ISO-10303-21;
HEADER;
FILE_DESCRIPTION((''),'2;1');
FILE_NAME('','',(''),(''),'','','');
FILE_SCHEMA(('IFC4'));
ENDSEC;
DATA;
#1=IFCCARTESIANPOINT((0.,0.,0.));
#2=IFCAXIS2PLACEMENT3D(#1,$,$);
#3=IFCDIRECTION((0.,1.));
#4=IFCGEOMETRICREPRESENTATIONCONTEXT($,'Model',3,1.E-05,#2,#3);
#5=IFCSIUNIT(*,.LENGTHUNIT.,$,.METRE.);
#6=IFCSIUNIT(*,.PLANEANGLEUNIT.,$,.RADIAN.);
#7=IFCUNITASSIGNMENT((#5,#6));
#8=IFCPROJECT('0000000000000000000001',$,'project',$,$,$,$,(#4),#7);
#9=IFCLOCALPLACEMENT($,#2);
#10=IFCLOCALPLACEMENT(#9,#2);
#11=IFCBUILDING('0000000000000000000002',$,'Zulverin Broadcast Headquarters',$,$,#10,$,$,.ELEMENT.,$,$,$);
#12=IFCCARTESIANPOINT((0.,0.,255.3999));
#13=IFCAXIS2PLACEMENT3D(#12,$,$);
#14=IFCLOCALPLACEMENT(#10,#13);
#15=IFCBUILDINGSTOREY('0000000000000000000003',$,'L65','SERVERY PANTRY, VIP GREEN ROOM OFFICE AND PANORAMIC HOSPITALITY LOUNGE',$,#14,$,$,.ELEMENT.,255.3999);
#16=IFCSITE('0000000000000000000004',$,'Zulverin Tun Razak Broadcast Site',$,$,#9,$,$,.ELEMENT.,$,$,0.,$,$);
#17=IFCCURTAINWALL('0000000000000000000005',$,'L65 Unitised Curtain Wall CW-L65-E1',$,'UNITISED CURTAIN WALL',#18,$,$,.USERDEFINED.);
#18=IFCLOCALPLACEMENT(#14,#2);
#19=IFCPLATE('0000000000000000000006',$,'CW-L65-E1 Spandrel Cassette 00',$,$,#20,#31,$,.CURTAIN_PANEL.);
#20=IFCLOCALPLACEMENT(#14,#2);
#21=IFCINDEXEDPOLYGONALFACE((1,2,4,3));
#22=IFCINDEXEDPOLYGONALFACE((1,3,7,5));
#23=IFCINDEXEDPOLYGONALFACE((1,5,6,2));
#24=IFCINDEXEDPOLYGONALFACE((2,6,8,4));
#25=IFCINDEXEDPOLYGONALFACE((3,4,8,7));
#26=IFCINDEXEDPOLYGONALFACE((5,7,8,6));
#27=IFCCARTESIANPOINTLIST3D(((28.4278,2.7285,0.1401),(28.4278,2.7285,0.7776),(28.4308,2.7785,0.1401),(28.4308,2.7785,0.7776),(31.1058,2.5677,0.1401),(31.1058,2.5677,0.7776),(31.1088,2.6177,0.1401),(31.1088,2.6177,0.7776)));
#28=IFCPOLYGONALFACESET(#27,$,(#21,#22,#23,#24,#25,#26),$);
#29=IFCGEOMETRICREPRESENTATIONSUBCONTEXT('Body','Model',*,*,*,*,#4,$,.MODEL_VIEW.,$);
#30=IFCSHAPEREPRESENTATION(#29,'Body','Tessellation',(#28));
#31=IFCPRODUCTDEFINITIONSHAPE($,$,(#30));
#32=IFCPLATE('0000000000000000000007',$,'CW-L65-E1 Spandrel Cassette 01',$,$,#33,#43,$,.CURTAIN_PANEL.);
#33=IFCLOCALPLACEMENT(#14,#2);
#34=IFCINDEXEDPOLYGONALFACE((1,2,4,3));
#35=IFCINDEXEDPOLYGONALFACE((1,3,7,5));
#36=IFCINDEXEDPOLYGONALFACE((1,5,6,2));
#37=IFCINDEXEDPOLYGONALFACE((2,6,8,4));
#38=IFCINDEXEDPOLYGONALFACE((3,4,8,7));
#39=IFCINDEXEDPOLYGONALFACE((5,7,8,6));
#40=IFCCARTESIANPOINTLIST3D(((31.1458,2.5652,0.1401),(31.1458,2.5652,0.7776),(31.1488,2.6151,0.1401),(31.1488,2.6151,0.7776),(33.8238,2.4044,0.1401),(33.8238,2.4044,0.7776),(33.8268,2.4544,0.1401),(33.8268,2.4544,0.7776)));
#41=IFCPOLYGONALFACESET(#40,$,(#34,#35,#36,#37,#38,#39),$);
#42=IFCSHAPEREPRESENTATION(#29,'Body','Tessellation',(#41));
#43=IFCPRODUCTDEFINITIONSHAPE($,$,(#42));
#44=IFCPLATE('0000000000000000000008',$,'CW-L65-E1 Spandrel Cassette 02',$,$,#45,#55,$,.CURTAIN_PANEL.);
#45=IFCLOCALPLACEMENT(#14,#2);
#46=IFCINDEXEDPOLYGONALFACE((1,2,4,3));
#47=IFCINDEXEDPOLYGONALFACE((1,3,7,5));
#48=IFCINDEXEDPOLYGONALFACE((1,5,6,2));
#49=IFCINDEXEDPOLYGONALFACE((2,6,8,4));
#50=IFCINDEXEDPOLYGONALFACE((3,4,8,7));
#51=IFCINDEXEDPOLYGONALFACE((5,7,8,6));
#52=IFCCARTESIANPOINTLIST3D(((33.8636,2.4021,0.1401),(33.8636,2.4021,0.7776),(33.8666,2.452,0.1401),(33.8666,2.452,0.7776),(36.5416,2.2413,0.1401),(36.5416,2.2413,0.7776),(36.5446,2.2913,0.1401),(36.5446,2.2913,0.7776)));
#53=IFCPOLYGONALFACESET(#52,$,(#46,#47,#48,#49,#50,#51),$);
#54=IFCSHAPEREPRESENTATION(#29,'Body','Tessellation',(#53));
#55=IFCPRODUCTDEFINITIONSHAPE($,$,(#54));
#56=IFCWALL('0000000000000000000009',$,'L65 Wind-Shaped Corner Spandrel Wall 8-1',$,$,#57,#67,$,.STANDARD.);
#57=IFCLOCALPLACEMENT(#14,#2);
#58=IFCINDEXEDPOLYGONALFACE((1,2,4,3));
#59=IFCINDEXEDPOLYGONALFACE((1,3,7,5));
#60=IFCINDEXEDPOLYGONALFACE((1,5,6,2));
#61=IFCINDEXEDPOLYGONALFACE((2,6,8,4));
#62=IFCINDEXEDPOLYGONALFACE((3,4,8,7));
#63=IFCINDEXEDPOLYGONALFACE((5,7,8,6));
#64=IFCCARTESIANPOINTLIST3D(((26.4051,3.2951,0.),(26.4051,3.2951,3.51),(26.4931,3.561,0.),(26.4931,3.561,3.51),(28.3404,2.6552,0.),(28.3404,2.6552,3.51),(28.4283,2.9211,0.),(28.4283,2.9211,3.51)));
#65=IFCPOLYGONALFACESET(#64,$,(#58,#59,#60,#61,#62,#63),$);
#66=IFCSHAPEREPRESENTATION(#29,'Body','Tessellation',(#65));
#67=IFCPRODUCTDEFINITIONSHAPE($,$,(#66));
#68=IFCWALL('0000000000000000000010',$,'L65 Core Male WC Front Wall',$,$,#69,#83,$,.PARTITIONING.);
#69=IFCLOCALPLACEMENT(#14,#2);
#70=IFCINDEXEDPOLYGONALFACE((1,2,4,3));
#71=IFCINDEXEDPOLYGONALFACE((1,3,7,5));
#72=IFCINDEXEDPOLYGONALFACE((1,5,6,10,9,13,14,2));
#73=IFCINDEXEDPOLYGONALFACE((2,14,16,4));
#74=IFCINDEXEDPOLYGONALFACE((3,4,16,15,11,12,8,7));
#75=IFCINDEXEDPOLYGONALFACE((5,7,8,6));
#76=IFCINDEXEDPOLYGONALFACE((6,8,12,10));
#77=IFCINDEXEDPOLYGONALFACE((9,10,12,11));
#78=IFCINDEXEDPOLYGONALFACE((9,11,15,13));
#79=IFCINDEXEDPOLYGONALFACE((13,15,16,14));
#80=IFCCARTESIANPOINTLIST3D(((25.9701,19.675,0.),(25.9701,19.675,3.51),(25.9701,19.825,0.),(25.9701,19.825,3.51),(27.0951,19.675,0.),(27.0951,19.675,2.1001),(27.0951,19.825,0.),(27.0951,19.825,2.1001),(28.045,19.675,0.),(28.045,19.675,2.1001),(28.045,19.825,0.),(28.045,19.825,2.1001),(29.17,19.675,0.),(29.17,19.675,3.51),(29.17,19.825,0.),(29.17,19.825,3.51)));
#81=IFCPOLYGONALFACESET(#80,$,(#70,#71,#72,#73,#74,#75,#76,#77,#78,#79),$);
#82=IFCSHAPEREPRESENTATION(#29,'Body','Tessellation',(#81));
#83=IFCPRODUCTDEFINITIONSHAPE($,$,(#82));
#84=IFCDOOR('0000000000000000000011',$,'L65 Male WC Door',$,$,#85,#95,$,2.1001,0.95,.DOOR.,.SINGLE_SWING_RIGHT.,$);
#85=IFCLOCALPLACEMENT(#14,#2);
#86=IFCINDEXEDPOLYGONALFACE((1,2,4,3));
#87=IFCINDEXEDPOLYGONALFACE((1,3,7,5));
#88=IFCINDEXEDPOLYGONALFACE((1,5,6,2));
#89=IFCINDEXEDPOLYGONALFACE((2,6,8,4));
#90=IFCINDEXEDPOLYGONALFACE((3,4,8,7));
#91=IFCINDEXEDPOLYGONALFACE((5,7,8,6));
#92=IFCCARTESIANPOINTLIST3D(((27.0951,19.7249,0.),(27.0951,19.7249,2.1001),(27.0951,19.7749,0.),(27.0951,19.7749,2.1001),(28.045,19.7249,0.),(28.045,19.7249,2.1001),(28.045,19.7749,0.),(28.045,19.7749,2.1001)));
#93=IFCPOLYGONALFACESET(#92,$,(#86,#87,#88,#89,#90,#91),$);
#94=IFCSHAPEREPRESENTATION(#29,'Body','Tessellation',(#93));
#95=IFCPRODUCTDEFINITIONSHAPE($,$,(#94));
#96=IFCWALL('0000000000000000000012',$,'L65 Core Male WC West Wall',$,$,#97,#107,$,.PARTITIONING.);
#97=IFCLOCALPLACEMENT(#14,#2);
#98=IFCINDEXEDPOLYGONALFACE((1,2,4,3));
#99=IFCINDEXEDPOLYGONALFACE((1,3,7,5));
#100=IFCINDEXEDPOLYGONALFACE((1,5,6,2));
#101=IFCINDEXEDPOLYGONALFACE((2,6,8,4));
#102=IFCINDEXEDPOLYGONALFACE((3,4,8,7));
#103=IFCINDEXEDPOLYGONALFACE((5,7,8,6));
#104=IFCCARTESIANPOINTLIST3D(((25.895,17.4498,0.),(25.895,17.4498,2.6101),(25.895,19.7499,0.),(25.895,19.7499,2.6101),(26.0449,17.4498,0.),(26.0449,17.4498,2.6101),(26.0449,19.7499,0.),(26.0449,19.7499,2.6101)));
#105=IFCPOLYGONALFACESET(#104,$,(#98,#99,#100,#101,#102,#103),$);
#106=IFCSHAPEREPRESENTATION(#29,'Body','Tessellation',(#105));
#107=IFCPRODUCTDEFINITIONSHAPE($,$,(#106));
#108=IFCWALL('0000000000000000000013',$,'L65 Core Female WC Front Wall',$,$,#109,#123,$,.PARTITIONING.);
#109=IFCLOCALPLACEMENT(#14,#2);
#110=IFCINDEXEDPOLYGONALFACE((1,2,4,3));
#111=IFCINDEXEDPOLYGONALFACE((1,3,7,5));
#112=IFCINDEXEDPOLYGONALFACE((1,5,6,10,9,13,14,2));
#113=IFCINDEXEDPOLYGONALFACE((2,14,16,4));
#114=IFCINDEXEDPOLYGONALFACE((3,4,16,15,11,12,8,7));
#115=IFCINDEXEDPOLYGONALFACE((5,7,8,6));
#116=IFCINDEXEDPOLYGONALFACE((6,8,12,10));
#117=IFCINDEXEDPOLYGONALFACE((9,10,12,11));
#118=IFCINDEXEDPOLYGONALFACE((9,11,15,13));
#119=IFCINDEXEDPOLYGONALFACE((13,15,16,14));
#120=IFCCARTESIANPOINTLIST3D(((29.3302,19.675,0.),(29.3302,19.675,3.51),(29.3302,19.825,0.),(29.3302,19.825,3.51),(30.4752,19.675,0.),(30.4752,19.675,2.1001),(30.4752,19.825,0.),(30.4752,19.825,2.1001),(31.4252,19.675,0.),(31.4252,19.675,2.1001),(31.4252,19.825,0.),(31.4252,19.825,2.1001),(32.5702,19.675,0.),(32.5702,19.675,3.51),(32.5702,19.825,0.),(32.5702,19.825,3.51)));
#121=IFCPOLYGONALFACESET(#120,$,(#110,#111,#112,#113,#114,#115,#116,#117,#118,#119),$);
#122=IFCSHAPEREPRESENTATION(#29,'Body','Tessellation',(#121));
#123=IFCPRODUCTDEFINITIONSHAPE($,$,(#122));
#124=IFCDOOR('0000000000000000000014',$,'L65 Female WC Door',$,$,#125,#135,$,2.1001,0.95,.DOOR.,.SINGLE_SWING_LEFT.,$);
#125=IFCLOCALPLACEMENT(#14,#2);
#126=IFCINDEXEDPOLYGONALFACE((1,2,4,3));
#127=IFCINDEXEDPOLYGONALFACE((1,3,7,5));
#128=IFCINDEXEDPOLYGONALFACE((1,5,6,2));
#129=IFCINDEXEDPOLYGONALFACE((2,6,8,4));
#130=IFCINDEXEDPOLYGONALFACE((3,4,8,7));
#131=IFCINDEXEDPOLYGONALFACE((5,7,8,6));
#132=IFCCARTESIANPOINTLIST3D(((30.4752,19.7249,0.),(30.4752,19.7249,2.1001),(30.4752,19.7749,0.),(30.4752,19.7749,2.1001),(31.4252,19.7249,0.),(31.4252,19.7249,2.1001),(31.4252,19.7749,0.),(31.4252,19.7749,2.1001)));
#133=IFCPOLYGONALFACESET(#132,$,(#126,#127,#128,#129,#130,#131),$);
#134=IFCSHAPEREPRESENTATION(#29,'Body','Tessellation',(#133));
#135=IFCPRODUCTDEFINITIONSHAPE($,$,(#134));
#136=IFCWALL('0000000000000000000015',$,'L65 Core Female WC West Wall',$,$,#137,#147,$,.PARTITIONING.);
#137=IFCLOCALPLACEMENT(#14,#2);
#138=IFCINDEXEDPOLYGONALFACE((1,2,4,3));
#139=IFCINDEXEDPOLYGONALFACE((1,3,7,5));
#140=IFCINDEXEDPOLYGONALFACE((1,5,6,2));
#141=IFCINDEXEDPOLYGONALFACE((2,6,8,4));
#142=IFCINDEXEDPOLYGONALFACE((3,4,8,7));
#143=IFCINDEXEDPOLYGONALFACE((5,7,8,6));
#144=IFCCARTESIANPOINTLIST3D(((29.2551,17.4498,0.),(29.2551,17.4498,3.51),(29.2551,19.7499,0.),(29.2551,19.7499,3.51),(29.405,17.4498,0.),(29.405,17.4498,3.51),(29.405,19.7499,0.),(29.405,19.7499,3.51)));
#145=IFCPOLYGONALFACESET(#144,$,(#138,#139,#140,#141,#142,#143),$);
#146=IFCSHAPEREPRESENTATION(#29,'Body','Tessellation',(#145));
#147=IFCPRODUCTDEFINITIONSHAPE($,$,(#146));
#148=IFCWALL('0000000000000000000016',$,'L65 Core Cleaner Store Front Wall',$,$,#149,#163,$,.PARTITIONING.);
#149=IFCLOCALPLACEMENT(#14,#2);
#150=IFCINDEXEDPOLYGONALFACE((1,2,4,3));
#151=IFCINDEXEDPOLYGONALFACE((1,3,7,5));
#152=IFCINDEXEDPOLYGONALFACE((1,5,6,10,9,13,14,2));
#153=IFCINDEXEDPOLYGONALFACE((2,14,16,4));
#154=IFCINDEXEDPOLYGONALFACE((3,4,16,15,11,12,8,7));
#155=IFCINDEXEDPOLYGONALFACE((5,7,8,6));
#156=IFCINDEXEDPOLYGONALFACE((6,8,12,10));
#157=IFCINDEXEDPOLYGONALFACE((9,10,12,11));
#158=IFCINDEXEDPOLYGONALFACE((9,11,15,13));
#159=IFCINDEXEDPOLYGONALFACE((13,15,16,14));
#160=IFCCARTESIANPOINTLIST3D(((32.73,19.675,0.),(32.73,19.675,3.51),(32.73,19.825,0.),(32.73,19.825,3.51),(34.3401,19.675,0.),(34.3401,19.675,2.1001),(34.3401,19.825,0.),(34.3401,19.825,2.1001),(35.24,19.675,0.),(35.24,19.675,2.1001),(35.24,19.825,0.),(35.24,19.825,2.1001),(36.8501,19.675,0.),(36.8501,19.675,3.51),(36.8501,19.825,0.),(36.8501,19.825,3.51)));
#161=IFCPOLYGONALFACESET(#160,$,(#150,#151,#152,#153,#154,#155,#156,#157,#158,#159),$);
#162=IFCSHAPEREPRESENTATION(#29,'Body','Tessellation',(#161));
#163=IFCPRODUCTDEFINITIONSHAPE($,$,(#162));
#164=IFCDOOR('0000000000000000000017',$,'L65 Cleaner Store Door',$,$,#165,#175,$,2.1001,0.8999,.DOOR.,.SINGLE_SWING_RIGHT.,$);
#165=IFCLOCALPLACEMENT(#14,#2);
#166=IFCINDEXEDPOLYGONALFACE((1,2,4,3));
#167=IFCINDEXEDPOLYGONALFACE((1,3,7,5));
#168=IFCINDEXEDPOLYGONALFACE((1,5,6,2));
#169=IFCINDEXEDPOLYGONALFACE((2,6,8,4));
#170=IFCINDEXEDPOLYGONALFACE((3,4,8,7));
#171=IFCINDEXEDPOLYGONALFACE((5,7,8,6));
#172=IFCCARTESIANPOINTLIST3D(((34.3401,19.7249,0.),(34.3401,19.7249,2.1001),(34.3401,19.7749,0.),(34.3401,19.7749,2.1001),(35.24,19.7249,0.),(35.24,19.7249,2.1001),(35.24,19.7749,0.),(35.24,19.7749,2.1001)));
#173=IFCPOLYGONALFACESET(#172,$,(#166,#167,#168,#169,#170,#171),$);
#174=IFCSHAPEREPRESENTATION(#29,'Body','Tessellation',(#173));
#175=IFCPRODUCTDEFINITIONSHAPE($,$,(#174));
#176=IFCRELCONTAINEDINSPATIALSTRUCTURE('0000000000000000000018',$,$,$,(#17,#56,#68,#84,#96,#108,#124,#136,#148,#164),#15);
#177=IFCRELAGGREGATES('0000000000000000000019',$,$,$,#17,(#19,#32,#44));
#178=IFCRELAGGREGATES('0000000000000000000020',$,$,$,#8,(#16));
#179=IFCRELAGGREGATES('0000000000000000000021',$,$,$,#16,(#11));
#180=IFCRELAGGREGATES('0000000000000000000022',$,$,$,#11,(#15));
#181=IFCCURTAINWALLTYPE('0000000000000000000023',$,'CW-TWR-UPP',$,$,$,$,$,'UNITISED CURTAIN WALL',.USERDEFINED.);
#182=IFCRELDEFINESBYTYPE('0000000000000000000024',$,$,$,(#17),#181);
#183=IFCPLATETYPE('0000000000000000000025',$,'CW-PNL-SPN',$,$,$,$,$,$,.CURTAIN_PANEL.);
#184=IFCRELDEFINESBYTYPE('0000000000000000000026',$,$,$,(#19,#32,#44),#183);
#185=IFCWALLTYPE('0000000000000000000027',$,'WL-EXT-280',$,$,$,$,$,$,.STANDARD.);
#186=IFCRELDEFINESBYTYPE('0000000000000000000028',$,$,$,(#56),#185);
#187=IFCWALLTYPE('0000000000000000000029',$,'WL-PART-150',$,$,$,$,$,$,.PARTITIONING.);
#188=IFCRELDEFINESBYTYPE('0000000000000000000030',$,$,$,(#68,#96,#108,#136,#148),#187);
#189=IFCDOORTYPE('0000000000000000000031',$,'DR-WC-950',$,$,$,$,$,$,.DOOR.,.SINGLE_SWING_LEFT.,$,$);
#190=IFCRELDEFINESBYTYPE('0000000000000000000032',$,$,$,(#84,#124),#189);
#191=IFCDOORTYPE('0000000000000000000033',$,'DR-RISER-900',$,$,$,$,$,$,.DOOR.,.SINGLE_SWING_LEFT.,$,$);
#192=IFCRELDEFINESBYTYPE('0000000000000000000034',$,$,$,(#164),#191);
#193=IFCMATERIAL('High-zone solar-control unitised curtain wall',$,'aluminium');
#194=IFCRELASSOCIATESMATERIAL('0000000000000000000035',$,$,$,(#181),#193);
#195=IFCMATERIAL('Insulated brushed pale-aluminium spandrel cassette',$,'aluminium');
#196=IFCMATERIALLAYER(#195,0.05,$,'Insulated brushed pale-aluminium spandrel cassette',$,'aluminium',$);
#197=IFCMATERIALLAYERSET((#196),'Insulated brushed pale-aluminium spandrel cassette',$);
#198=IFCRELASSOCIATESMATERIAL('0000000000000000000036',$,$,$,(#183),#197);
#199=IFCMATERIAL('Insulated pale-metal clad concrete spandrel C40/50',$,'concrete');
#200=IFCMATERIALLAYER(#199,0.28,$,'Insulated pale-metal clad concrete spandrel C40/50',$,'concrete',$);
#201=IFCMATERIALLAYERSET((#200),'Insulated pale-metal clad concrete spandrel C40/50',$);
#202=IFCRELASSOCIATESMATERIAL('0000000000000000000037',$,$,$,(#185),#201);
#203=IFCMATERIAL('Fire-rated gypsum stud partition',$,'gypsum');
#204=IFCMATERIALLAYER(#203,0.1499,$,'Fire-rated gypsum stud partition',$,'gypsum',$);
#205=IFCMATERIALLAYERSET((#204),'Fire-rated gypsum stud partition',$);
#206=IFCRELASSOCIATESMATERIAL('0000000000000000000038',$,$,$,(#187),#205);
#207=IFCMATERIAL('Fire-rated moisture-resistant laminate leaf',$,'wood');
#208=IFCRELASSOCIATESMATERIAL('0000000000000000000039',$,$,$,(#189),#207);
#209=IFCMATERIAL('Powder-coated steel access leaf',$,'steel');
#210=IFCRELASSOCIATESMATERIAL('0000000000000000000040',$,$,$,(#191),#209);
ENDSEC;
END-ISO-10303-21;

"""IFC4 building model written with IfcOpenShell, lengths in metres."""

from ifc_helpers import new_model, si_unit, direction, frame, frame_2d, origin, origin_2d, place, context, subcontext, project, spatial, rectangle, extrude, material, layer, layer_set, type_object, element, fill, aggregate, save


model = new_model("IFC4")

# Units and contexts
model_context = context("Model", 3, precision=1e-05, world=origin(), true_north=direction((0.0, 1.0)))
body_context = subcontext(model_context, "Body", "Model", "MODEL_VIEW")
ifc_project = project(units=[si_unit("LENGTHUNIT", "METRE"), si_unit("PLANEANGLEUNIT", "RADIAN")], contexts=[model_context])

# Site, building, storey
site_placement = place(None, origin())
site = spatial("IfcSite", under=ifc_project, at=site_placement, Name="Zulverin Tun Razak Broadcast Site", CompositionType="ELEMENT", RefElevation=0.0)
building_placement = place(site_placement, origin())
building = spatial("IfcBuilding", under=site, at=building_placement, Name="Zulverin Broadcast Headquarters", CompositionType="ELEMENT")
storey_placement = place(building_placement, frame((0.0, 0.0, 255.3999)))
storey = spatial("IfcBuildingStorey", under=building, at=storey_placement, Name="L65", Description="SERVERY PANTRY, VIP GREEN ROOM OFFICE AND PANORAMIC HOSPITALITY LOUNGE", CompositionType="ELEMENT", Elevation=255.3999)

# Curtain wall, plates
ifc_material_1 = material(Name="High-zone solar-control unitised curtain wall", Category="aluminium")
curtain_wall_type = type_object("IfcCurtainWallType", Name="CW-TWR-UPP", ElementType="UNITISED CURTAIN WALL", PredefinedType="USERDEFINED", material=ifc_material_1)
curtain_wall_placement = place(storey_placement, origin())
curtain_wall = element("IfcCurtainWall", 1, at=curtain_wall_placement, inside=storey, type_object=curtain_wall_type, Name="L65 Unitised Curtain Wall CW-L65-E1", ObjectType="UNITISED CURTAIN WALL", PredefinedType="USERDEFINED")
ifc_material_2 = material(Name="Insulated brushed pale-aluminium spandrel cassette", Category="aluminium")
ifc_layer_1 = layer(ifc_material_2, 0.05, Name="Insulated brushed pale-aluminium spandrel cassette", Category="aluminium")
ifc_layer_set_1 = layer_set([ifc_layer_1], Name="Insulated brushed pale-aluminium spandrel cassette")
plate_type_1 = type_object("IfcPlateType", Name="CW-PNL-SPN", PredefinedType="CURTAIN_PANEL", material=ifc_layer_set_1)
plate_1_placement = place(storey_placement, frame((29.7683, 2.6731, 0.1401), z_axis=(0.0, 0.0, 1.0), x_axis=(0.998203, -0.059928, 0.0)))
plate_1 = element("IfcPlate", 2, at=plate_1_placement, type_object=plate_type_1, Name="CW-L65-E1 Spandrel Cassette 00", PredefinedType="CURTAIN_PANEL", context=body_context, shape_type="SweptSolid", body=[
    extrude(rectangle(XDim=2.6829, YDim=0.05, at=origin_2d()), origin(), (0.0, 0.0, 1.0), 0.6375),
])
plate_2_placement = place(storey_placement, frame((32.4863, 2.5098, 0.1401), z_axis=(0.0, 0.0, 1.0), x_axis=(0.998203, -0.059928, 0.0)))
plate_2 = element("IfcPlate", 3, at=plate_2_placement, type_object=plate_type_1, Name="CW-L65-E1 Spandrel Cassette 01", PredefinedType="CURTAIN_PANEL", context=body_context, shape_type="SweptSolid", body=[
    extrude(rectangle(XDim=2.6829, YDim=0.05, at=origin_2d()), origin(), (0.0, 0.0, 1.0), 0.6375),
])
plate_3_placement = place(storey_placement, frame((35.2041, 2.3467, 0.1401), z_axis=(0.0, 0.0, 1.0), x_axis=(0.998203, -0.059928, 0.0)))
plate_3 = element("IfcPlate", 4, at=plate_3_placement, type_object=plate_type_1, Name="CW-L65-E1 Spandrel Cassette 02", PredefinedType="CURTAIN_PANEL", context=body_context, shape_type="SweptSolid", body=[
    extrude(rectangle(XDim=2.6829, YDim=0.05, at=origin_2d()), origin(), (0.0, 0.0, 1.0), 0.6375),
])
aggregate(curtain_wall, [plate_1, plate_2, plate_3])

# Wall
ifc_material_3 = material(Name="Insulated pale-metal clad concrete spandrel C40/50", Category="concrete")
ifc_layer_2 = layer(ifc_material_3, 0.28, Name="Insulated pale-metal clad concrete spandrel C40/50", Category="concrete")
ifc_layer_set_2 = layer_set([ifc_layer_2], Name="Insulated pale-metal clad concrete spandrel C40/50")
wall_type_1 = type_object("IfcWallType", Name="WL-EXT-280", PredefinedType="STANDARD", material=ifc_layer_set_2)
wall_1_placement = place(storey_placement, frame((26.4492, 3.428, 0.0), z_axis=(0.0, 0.0, 1.0), x_axis=(0.949447, -0.313927, 0.0)))
element("IfcWall", 5, at=wall_1_placement, inside=storey, type_object=wall_type_1, Name="L65 Wind-Shaped Corner Spandrel Wall 8-1", PredefinedType="STANDARD", context=body_context, shape_type="SweptSolid", body=[
    extrude(rectangle(XDim=2.0383, YDim=0.28, at=frame_2d((1.019, 0.0))), origin(), (0.0, 0.0, 1.0), 3.51),
])

# Wall, opening, door
ifc_material_4 = material(Name="Fire-rated gypsum stud partition", Category="gypsum")
ifc_layer_3 = layer(ifc_material_4, 0.1499, Name="Fire-rated gypsum stud partition", Category="gypsum")
ifc_layer_set_3 = layer_set([ifc_layer_3], Name="Fire-rated gypsum stud partition")
wall_type_2 = type_object("IfcWallType", Name="WL-PART-150", PredefinedType="PARTITIONING", material=ifc_layer_set_3)
wall_2_placement = place(storey_placement, frame((25.97, 19.75, 0.0), z_axis=(0.0, 0.0, 1.0), x_axis=(1.0, 0.0, 0.0)))
wall_2 = element("IfcWall", 6, at=wall_2_placement, inside=storey, type_object=wall_type_2, Name="L65 Core Male WC Front Wall", PredefinedType="PARTITIONING", context=body_context, shape_type="SweptSolid", body=[
    extrude(rectangle(XDim=3.2, YDim=0.1499, at=frame_2d((1.6001, 0.0))), origin(), (0.0, 0.0, 1.0), 3.51),
])
opening_1_placement = place(wall_2_placement, frame((1.125, 0.0, 0.0)))
opening_1 = element("IfcOpeningElement", 7, at=opening_1_placement, cuts=wall_2, PredefinedType="OPENING", context=body_context, shape_type="SweptSolid", body=[
    extrude(rectangle(XDim=0.95, YDim=2.1001, at=frame_2d((0.4751, 1.05))), frame((0.0, 0.085, 0.0), z_axis=(0.0, -1.0, 0.0), x_axis=(1.0, 0.0, 0.0)), (0.0, 0.0, 1.0), 0.1699),
])
ifc_material_5 = material(Name="Fire-rated moisture-resistant laminate leaf", Category="wood")
door_type_1 = type_object("IfcDoorType", Name="DR-WC-950", OperationType="SINGLE_SWING_LEFT", PredefinedType="DOOR", material=ifc_material_5)
door_1_placement = place(opening_1_placement, origin())
door_1 = element("IfcDoor", 8, at=door_1_placement, inside=storey, type_object=door_type_1, Name="L65 Male WC Door", OperationType="SINGLE_SWING_RIGHT", OverallHeight=2.1001, OverallWidth=0.95, PredefinedType="DOOR", context=body_context, shape_type="SweptSolid", body=[
    extrude(rectangle(XDim=0.95, YDim=2.1001, at=frame_2d((0.4751, 1.05))), frame((0.0, 0.0249, 0.0), z_axis=(0.0, -1.0, 0.0), x_axis=(1.0, 0.0, 0.0)), (0.0, 0.0, 1.0), 0.05),
])
fill(opening_1, door_1)

# Wall
wall_3_placement = place(storey_placement, frame((25.97, 17.45, 0.0), z_axis=(0.0, 0.0, 1.0), x_axis=(0.0, 1.0, 0.0)))
element("IfcWall", 9, at=wall_3_placement, inside=storey, type_object=wall_type_2, Name="L65 Core Male WC West Wall", PredefinedType="PARTITIONING", context=body_context, shape_type="SweptSolid", body=[
    extrude(rectangle(XDim=2.3, YDim=0.1499, at=frame_2d((1.1499, 0.0))), origin(), (0.0, 0.0, 1.0), 2.6101),
])

# Wall, opening, door
wall_4_placement = place(storey_placement, frame((29.3301, 19.75, 0.0), z_axis=(0.0, 0.0, 1.0), x_axis=(1.0, 0.0, 0.0)))
wall_4 = element("IfcWall", 10, at=wall_4_placement, inside=storey, type_object=wall_type_2, Name="L65 Core Female WC Front Wall", PredefinedType="PARTITIONING", context=body_context, shape_type="SweptSolid", body=[
    extrude(rectangle(XDim=3.24, YDim=0.1499, at=frame_2d((1.6201, 0.0))), origin(), (0.0, 0.0, 1.0), 3.51),
])
opening_2_placement = place(wall_4_placement, frame((1.145, 0.0, 0.0)))
opening_2 = element("IfcOpeningElement", 11, at=opening_2_placement, cuts=wall_4, PredefinedType="OPENING", context=body_context, shape_type="SweptSolid", body=[
    extrude(rectangle(XDim=0.95, YDim=2.1001, at=frame_2d((0.4751, 1.05))), frame((0.0, 0.085, 0.0), z_axis=(0.0, -1.0, 0.0), x_axis=(1.0, 0.0, 0.0)), (0.0, 0.0, 1.0), 0.1699),
])
door_2_placement = place(opening_2_placement, origin())
door_2 = element("IfcDoor", 12, at=door_2_placement, inside=storey, type_object=door_type_1, Name="L65 Female WC Door", OperationType="SINGLE_SWING_LEFT", OverallHeight=2.1001, OverallWidth=0.95, PredefinedType="DOOR", context=body_context, shape_type="SweptSolid", body=[
    extrude(rectangle(XDim=0.95, YDim=2.1001, at=frame_2d((0.4751, 1.05))), frame((0.0, 0.0249, 0.0), z_axis=(0.0, -1.0, 0.0), x_axis=(1.0, 0.0, 0.0)), (0.0, 0.0, 1.0), 0.05),
])
fill(opening_2, door_2)

# Wall
wall_5_placement = place(storey_placement, frame((29.3301, 17.45, 0.0), z_axis=(0.0, 0.0, 1.0), x_axis=(0.0, 1.0, 0.0)))
element("IfcWall", 13, at=wall_5_placement, inside=storey, type_object=wall_type_2, Name="L65 Core Female WC West Wall", PredefinedType="PARTITIONING", context=body_context, shape_type="SweptSolid", body=[
    extrude(rectangle(XDim=2.3, YDim=0.1499, at=frame_2d((1.1499, 0.0))), origin(), (0.0, 0.0, 1.0), 3.51),
])

# Wall, opening, door
wall_6_placement = place(storey_placement, frame((32.73, 19.75, 0.0), z_axis=(0.0, 0.0, 1.0), x_axis=(1.0, 0.0, 0.0)))
wall_6 = element("IfcWall", 14, at=wall_6_placement, inside=storey, type_object=wall_type_2, Name="L65 Core Cleaner Store Front Wall", PredefinedType="PARTITIONING", context=body_context, shape_type="SweptSolid", body=[
    extrude(rectangle(XDim=4.1201, YDim=0.1499, at=frame_2d((2.0601, 0.0))), origin(), (0.0, 0.0, 1.0), 3.51),
])
opening_3_placement = place(wall_6_placement, frame((1.6101, 0.0, 0.0)))
opening_3 = element("IfcOpeningElement", 15, at=opening_3_placement, cuts=wall_6, PredefinedType="OPENING", context=body_context, shape_type="SweptSolid", body=[
    extrude(rectangle(XDim=0.8999, YDim=2.1001, at=frame_2d((0.45, 1.05))), frame((0.0, 0.085, 0.0), z_axis=(0.0, -1.0, 0.0), x_axis=(1.0, 0.0, 0.0)), (0.0, 0.0, 1.0), 0.1699),
])
ifc_material_6 = material(Name="Powder-coated steel access leaf", Category="steel")
door_type_2 = type_object("IfcDoorType", Name="DR-RISER-900", OperationType="SINGLE_SWING_LEFT", PredefinedType="DOOR", material=ifc_material_6)
door_3_placement = place(opening_3_placement, origin())
door_3 = element("IfcDoor", 16, at=door_3_placement, inside=storey, type_object=door_type_2, Name="L65 Cleaner Store Door", OperationType="SINGLE_SWING_RIGHT", OverallHeight=2.1001, OverallWidth=0.8999, PredefinedType="DOOR", context=body_context, shape_type="SweptSolid", body=[
    extrude(rectangle(XDim=0.8999, YDim=2.1001, at=frame_2d((0.45, 1.05))), frame((0.0, 0.0249, 0.0), z_axis=(0.0, -1.0, 0.0), x_axis=(1.0, 0.0, 0.0)), (0.0, 0.0, 1.0), 0.05),
])
fill(opening_3, door_3)

save(model, "model.ifc")
